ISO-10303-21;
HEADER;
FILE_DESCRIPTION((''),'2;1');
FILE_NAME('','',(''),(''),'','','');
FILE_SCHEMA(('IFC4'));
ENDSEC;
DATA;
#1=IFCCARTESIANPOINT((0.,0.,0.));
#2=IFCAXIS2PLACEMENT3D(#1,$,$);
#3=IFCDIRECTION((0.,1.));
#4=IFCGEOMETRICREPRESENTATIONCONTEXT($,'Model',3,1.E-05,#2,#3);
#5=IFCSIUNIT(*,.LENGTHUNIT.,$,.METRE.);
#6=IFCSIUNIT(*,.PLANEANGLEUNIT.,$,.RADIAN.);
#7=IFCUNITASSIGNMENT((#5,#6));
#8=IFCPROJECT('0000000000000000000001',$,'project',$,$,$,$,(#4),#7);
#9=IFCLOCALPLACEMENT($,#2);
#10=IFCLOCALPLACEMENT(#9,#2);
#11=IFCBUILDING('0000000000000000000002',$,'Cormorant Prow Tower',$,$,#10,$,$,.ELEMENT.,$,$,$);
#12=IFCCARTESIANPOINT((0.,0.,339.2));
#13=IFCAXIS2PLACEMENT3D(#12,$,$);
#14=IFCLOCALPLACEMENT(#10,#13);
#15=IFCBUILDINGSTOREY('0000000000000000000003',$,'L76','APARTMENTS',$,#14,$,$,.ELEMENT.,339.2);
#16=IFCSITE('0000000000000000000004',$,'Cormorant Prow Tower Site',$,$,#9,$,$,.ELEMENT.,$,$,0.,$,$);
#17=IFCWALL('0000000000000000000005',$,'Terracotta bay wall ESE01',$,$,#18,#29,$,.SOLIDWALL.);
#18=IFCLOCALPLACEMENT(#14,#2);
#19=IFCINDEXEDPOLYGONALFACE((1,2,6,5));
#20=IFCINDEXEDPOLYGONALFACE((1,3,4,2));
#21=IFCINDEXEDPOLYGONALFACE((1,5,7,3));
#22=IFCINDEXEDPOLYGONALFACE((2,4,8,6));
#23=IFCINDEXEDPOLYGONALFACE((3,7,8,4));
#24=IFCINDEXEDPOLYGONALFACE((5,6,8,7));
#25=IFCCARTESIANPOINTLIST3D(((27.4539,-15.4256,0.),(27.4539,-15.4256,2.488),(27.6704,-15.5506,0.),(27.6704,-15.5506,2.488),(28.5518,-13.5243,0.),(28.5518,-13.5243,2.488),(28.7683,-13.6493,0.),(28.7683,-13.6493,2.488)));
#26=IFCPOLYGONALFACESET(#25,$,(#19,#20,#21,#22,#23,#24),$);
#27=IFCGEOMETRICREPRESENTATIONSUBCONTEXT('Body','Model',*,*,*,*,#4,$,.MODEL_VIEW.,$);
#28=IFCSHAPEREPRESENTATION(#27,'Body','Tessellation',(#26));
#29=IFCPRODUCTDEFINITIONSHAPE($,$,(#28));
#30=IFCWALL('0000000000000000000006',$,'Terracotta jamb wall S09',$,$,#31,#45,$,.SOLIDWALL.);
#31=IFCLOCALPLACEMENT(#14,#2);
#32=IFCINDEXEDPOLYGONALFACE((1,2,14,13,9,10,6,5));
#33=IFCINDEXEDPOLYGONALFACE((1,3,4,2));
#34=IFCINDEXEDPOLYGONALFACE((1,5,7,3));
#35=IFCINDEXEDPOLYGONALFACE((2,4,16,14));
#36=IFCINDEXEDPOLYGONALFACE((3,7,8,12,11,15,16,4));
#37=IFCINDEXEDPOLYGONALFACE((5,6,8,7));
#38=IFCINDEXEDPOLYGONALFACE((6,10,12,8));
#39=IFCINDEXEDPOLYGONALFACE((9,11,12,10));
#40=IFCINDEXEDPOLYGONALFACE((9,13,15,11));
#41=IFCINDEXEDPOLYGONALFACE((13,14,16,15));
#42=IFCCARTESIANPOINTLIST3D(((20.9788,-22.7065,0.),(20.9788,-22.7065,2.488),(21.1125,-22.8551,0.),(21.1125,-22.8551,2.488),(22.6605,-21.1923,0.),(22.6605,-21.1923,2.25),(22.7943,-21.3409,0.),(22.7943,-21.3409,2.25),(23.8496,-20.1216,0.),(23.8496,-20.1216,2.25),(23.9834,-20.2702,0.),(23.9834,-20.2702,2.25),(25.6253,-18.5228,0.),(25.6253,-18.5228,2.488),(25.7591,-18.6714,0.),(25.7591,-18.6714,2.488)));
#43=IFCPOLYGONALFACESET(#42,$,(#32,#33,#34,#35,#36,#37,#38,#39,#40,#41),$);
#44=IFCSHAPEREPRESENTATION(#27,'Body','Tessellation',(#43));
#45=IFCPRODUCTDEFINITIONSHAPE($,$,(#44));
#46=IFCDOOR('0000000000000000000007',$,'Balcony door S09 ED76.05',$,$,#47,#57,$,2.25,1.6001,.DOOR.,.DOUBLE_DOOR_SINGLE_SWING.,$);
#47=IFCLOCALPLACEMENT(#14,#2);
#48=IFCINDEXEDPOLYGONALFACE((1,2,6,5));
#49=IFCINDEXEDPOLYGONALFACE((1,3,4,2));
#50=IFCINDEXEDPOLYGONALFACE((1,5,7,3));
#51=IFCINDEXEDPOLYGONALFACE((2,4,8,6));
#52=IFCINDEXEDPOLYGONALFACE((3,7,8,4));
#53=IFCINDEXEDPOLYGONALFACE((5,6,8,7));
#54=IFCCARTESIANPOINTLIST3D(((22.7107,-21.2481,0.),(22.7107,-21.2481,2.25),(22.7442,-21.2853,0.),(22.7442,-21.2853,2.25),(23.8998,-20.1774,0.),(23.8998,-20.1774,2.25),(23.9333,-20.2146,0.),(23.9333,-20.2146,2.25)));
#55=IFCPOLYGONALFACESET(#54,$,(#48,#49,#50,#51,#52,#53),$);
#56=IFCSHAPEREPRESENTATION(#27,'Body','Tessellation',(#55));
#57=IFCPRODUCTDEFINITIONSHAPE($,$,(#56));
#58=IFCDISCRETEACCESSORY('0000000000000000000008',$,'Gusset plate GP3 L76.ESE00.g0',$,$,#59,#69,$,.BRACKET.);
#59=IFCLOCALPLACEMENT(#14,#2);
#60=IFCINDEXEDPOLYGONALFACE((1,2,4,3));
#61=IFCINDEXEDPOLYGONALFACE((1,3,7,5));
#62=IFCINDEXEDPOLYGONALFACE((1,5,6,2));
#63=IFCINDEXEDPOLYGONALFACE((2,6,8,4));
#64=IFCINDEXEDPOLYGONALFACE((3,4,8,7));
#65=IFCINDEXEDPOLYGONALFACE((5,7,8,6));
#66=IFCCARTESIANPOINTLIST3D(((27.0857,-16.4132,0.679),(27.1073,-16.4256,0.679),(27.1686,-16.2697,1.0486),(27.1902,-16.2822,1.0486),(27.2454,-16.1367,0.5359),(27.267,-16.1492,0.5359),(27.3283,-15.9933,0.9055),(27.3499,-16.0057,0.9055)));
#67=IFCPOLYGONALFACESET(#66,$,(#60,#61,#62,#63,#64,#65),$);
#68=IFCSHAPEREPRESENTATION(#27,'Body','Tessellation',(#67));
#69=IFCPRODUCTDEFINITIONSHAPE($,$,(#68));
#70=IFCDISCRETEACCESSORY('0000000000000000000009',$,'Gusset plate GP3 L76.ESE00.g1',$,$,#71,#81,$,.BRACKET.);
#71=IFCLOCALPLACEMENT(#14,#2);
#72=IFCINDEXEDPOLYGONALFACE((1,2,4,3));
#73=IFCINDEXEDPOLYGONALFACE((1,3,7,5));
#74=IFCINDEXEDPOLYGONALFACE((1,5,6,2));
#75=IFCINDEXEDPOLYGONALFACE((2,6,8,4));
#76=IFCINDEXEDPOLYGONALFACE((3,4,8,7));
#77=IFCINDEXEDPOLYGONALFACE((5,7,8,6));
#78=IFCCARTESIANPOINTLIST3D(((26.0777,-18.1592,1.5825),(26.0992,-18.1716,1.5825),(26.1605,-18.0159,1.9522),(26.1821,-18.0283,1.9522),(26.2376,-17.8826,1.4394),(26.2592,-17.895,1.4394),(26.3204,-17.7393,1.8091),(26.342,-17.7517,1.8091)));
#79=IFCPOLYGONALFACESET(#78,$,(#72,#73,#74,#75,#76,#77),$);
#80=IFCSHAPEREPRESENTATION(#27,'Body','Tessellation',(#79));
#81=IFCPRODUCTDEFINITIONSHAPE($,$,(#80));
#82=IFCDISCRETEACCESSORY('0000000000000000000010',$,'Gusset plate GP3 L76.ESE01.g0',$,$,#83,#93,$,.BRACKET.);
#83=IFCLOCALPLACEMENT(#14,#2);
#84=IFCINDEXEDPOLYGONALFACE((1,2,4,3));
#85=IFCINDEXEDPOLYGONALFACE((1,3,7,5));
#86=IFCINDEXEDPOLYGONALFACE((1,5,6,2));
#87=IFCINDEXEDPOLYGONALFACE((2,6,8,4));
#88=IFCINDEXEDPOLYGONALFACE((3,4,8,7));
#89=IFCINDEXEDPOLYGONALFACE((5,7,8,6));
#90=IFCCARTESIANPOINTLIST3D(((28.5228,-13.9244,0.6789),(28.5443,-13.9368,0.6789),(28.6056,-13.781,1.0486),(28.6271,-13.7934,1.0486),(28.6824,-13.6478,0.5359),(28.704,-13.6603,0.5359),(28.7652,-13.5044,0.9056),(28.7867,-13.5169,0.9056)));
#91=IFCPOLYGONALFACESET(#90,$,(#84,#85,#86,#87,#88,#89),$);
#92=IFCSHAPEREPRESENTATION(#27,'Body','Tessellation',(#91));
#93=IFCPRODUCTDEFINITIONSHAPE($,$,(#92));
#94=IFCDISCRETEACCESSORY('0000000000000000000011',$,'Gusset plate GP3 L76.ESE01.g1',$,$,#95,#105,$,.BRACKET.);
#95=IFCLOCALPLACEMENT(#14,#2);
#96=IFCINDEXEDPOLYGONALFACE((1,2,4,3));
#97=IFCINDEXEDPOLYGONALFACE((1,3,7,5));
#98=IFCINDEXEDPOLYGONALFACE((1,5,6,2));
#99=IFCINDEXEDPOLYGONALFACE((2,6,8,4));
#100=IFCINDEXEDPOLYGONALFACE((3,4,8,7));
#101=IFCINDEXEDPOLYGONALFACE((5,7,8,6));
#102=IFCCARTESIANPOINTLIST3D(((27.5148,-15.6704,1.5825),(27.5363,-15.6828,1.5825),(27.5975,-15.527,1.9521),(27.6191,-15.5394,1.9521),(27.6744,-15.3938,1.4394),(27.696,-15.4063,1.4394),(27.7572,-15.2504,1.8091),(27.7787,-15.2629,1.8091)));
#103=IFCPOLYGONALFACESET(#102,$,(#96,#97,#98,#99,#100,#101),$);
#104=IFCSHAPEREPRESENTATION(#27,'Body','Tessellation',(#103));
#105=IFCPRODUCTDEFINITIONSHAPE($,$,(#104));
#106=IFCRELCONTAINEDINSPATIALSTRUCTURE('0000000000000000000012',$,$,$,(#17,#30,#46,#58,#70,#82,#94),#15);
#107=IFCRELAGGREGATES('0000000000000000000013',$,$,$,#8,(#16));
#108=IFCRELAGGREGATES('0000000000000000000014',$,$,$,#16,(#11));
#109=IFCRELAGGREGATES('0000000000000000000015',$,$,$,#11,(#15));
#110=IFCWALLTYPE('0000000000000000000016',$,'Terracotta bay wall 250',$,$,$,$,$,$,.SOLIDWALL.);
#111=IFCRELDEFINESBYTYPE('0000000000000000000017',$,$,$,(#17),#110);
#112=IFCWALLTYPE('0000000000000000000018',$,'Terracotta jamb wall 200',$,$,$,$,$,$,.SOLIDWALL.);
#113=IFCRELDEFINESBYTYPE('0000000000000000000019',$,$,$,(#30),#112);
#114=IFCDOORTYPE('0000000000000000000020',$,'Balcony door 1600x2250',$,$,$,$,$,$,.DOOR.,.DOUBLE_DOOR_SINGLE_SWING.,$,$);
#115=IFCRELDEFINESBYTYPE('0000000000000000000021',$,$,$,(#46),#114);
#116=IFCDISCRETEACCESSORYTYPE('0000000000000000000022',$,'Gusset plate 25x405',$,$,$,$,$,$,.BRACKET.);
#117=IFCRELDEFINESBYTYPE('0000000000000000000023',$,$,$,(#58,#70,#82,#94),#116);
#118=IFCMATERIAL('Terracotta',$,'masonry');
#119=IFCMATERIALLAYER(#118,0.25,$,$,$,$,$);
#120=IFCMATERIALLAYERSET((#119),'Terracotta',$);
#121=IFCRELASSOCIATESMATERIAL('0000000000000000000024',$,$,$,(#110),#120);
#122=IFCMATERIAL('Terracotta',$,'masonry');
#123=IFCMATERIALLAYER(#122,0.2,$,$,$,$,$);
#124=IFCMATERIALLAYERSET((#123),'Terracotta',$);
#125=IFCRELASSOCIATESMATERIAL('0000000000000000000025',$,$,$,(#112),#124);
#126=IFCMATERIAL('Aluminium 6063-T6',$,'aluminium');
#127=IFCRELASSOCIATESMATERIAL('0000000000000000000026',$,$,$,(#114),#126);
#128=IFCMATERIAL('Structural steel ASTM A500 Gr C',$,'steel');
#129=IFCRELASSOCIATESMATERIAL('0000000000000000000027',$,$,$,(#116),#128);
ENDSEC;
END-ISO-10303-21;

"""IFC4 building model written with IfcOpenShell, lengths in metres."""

from ifc_helpers import new_model, si_unit, direction, frame, frame_2d, origin, origin_2d, place, context, subcontext, project, spatial, rectangle, extrude, material, layer, layer_set, material_profile, profile_set, type_object, element, fill, save


model = new_model("IFC4")

# Units and contexts
model_context = context("Model", 3, precision=1e-05, world=origin(), true_north=direction((0.0, 1.0)))
body_context = subcontext(model_context, "Body", "Model", "MODEL_VIEW")
ifc_project = project(units=[si_unit("LENGTHUNIT", "METRE"), si_unit("PLANEANGLEUNIT", "RADIAN")], contexts=[model_context])

# Site, building, storey
site_placement = place(None, origin())
site = spatial("IfcSite", under=ifc_project, at=site_placement, Name="Cormorant Prow Tower Site", CompositionType="ELEMENT", RefElevation=0.0)
building_placement = place(site_placement, origin())
building = spatial("IfcBuilding", under=site, at=building_placement, Name="Cormorant Prow Tower", CompositionType="ELEMENT")
storey_placement = place(building_placement, frame((0.0, 0.0, 339.2)))
storey = spatial("IfcBuildingStorey", under=building, at=storey_placement, Name="L76", Description="APARTMENTS", CompositionType="ELEMENT", Elevation=339.2)

# Shared definitions
ifc_material_1 = material(Name="Terracotta", Category="masonry")
ifc_layer_1 = layer(ifc_material_1, 0.25)
ifc_layer_set_1 = layer_set([ifc_layer_1], Name="Terracotta")
wall_type_1 = type_object("IfcWallType", Name="Terracotta bay wall 250", PredefinedType="SOLIDWALL", material=ifc_layer_set_1)

# Wall
wall_1_placement = place(storey_placement, frame((27.5623, -15.488, 0.0), z_axis=(0.0, 0.0, 1.0), x_axis=(0.50005, 0.865997, 0.0)))
element("IfcWall", 1, at=wall_1_placement, inside=storey, type_object=wall_type_1, Name="Terracotta bay wall ESE01", PredefinedType="SOLIDWALL", context=body_context, shape_type="SweptSolid", body=[
    extrude(rectangle(XDim=2.1956, YDim=0.25, at=frame_2d((1.0977, 0.0))), origin(), (0.0, 0.0, 1.0), 2.488),
])

# Wall, opening, door
ifc_material_2 = material(Name="Terracotta", Category="masonry")
ifc_layer_2 = layer(ifc_material_2, 0.2)
ifc_layer_set_2 = layer_set([ifc_layer_2], Name="Terracotta")
wall_type_2 = type_object("IfcWallType", Name="Terracotta jamb wall 200", PredefinedType="SOLIDWALL", material=ifc_layer_set_2)
wall_2_placement = place(storey_placement, frame((21.0457, -22.7808, 0.0), z_axis=(0.0, 0.0, 1.0), x_axis=(0.743154, 0.66912, 0.0)))
wall_2 = element("IfcWall", 2, at=wall_2_placement, inside=storey, type_object=wall_type_2, Name="Terracotta jamb wall S09", PredefinedType="SOLIDWALL", context=body_context, shape_type="SweptSolid", body=[
    extrude(rectangle(XDim=6.2524, YDim=0.2, at=frame_2d((3.1262, 0.0))), origin(), (0.0, 0.0, 1.0), 2.488),
])
opening_1_placement = place(wall_2_placement, frame((2.2629, 0.0, 0.0)))
opening_1 = element("IfcOpeningElement", 3, at=opening_1_placement, cuts=wall_2, PredefinedType="OPENING", context=body_context, shape_type="SweptSolid", body=[
    extrude(rectangle(XDim=1.6001, YDim=2.25, at=frame_2d((0.8, 1.125))), frame((0.0, 0.1099, 0.0), z_axis=(0.0, -1.0, 0.0), x_axis=(1.0, 0.0, 0.0)), (0.0, 0.0, 1.0), 0.22),
])
ifc_material_3 = material(Name="Aluminium 6063-T6", Category="aluminium")
door_type_1 = type_object("IfcDoorType", Name="Balcony door 1600x2250", OperationType="DOUBLE_DOOR_SINGLE_SWING", PredefinedType="DOOR", material=ifc_material_3)
door_1_placement = place(opening_1_placement, origin())
door_1 = element("IfcDoor", 4, at=door_1_placement, inside=storey, type_object=door_type_1, Name="Balcony door S09 ED76.05", OperationType="DOUBLE_DOOR_SINGLE_SWING", OverallHeight=2.25, OverallWidth=1.6001, PredefinedType="DOOR", context=body_context, shape_type="SweptSolid", body=[
    extrude(rectangle(XDim=1.6001, YDim=2.25, at=frame_2d((0.8, 1.125))), frame((0.0, 0.0249, 0.0), z_axis=(0.0, -1.0, 0.0), x_axis=(1.0, 0.0, 0.0)), (0.0, 0.0, 1.0), 0.05),
])
fill(opening_1, door_1)

# Discrete accessories
ifc_material_4 = material(Name="Structural steel ASTM A500 Gr C", Category="steel")
ifc_material_profile_1 = material_profile(ifc_material_4, rectangle(XDim=0.0249, YDim=0.405, at=origin_2d()), Name="Gusset plate 25x405")
ifc_profile_set_1 = profile_set([ifc_material_profile_1], Name="Structural steel ASTM A500 Gr C")
discrete_accessory_type = type_object("IfcDiscreteAccessoryType", Name="Gusset plate 25x405", PredefinedType="BRACKET", material=ifc_profile_set_1)
discrete_accessory_1_placement = place(storey_placement, frame((27.1379, -16.3477, 0.8638), z_axis=(0.456491, 0.790135, -0.409027), x_axis=(-0.86588, 0.500252, 0.0)))
element("IfcDiscreteAccessory", 5, at=discrete_accessory_1_placement, inside=storey, type_object=discrete_accessory_type, Name="Gusset plate GP3 L76.ESE00.g0", PredefinedType="BRACKET", context=body_context, shape_type="SweptSolid", body=[
    extrude(rectangle(XDim=0.0249, YDim=0.405, at=origin_2d()), origin(), (0.0, 0.0, 1.0), 0.3499),
])
discrete_accessory_2_placement = place(storey_placement, frame((26.2898, -17.8171, 1.6243), z_axis=(-0.456792, -0.790145, 0.408672), x_axis=(0.86574, -0.500494, 0.0)))
element("IfcDiscreteAccessory", 6, at=discrete_accessory_2_placement, inside=storey, type_object=discrete_accessory_type, Name="Gusset plate GP3 L76.ESE00.g1", PredefinedType="BRACKET", context=body_context, shape_type="SweptSolid", body=[
    extrude(rectangle(XDim=0.0249, YDim=0.405, at=origin_2d()), origin(), (0.0, 0.0, 1.0), 0.3501),
])
for number, where, z_axis, x_axis, name in (
    (7, (28.575, -13.8589, 0.8638), (0.456239, 0.790397, -0.408802), (-0.866071, 0.499921, 0.0), "Gusset plate GP3 L76.ESE01.g0"),
    (8, (27.7266, -15.3284, 1.6243), (-0.456239, -0.790397, 0.408802), (0.866071, -0.499921, 0.0), "Gusset plate GP3 L76.ESE01.g1"),
):
    element("IfcDiscreteAccessory", number, at=place(storey_placement, frame(where, z_axis=z_axis, x_axis=x_axis)), inside=storey, type_object=discrete_accessory_type, Name=name, PredefinedType="BRACKET", context=body_context, shape_type="SweptSolid", body=[
        extrude(rectangle(XDim=0.0249, YDim=0.405, at=origin_2d()), origin(), (0.0, 0.0, 1.0), 0.3499),
    ])

save(model, "model.ifc")
